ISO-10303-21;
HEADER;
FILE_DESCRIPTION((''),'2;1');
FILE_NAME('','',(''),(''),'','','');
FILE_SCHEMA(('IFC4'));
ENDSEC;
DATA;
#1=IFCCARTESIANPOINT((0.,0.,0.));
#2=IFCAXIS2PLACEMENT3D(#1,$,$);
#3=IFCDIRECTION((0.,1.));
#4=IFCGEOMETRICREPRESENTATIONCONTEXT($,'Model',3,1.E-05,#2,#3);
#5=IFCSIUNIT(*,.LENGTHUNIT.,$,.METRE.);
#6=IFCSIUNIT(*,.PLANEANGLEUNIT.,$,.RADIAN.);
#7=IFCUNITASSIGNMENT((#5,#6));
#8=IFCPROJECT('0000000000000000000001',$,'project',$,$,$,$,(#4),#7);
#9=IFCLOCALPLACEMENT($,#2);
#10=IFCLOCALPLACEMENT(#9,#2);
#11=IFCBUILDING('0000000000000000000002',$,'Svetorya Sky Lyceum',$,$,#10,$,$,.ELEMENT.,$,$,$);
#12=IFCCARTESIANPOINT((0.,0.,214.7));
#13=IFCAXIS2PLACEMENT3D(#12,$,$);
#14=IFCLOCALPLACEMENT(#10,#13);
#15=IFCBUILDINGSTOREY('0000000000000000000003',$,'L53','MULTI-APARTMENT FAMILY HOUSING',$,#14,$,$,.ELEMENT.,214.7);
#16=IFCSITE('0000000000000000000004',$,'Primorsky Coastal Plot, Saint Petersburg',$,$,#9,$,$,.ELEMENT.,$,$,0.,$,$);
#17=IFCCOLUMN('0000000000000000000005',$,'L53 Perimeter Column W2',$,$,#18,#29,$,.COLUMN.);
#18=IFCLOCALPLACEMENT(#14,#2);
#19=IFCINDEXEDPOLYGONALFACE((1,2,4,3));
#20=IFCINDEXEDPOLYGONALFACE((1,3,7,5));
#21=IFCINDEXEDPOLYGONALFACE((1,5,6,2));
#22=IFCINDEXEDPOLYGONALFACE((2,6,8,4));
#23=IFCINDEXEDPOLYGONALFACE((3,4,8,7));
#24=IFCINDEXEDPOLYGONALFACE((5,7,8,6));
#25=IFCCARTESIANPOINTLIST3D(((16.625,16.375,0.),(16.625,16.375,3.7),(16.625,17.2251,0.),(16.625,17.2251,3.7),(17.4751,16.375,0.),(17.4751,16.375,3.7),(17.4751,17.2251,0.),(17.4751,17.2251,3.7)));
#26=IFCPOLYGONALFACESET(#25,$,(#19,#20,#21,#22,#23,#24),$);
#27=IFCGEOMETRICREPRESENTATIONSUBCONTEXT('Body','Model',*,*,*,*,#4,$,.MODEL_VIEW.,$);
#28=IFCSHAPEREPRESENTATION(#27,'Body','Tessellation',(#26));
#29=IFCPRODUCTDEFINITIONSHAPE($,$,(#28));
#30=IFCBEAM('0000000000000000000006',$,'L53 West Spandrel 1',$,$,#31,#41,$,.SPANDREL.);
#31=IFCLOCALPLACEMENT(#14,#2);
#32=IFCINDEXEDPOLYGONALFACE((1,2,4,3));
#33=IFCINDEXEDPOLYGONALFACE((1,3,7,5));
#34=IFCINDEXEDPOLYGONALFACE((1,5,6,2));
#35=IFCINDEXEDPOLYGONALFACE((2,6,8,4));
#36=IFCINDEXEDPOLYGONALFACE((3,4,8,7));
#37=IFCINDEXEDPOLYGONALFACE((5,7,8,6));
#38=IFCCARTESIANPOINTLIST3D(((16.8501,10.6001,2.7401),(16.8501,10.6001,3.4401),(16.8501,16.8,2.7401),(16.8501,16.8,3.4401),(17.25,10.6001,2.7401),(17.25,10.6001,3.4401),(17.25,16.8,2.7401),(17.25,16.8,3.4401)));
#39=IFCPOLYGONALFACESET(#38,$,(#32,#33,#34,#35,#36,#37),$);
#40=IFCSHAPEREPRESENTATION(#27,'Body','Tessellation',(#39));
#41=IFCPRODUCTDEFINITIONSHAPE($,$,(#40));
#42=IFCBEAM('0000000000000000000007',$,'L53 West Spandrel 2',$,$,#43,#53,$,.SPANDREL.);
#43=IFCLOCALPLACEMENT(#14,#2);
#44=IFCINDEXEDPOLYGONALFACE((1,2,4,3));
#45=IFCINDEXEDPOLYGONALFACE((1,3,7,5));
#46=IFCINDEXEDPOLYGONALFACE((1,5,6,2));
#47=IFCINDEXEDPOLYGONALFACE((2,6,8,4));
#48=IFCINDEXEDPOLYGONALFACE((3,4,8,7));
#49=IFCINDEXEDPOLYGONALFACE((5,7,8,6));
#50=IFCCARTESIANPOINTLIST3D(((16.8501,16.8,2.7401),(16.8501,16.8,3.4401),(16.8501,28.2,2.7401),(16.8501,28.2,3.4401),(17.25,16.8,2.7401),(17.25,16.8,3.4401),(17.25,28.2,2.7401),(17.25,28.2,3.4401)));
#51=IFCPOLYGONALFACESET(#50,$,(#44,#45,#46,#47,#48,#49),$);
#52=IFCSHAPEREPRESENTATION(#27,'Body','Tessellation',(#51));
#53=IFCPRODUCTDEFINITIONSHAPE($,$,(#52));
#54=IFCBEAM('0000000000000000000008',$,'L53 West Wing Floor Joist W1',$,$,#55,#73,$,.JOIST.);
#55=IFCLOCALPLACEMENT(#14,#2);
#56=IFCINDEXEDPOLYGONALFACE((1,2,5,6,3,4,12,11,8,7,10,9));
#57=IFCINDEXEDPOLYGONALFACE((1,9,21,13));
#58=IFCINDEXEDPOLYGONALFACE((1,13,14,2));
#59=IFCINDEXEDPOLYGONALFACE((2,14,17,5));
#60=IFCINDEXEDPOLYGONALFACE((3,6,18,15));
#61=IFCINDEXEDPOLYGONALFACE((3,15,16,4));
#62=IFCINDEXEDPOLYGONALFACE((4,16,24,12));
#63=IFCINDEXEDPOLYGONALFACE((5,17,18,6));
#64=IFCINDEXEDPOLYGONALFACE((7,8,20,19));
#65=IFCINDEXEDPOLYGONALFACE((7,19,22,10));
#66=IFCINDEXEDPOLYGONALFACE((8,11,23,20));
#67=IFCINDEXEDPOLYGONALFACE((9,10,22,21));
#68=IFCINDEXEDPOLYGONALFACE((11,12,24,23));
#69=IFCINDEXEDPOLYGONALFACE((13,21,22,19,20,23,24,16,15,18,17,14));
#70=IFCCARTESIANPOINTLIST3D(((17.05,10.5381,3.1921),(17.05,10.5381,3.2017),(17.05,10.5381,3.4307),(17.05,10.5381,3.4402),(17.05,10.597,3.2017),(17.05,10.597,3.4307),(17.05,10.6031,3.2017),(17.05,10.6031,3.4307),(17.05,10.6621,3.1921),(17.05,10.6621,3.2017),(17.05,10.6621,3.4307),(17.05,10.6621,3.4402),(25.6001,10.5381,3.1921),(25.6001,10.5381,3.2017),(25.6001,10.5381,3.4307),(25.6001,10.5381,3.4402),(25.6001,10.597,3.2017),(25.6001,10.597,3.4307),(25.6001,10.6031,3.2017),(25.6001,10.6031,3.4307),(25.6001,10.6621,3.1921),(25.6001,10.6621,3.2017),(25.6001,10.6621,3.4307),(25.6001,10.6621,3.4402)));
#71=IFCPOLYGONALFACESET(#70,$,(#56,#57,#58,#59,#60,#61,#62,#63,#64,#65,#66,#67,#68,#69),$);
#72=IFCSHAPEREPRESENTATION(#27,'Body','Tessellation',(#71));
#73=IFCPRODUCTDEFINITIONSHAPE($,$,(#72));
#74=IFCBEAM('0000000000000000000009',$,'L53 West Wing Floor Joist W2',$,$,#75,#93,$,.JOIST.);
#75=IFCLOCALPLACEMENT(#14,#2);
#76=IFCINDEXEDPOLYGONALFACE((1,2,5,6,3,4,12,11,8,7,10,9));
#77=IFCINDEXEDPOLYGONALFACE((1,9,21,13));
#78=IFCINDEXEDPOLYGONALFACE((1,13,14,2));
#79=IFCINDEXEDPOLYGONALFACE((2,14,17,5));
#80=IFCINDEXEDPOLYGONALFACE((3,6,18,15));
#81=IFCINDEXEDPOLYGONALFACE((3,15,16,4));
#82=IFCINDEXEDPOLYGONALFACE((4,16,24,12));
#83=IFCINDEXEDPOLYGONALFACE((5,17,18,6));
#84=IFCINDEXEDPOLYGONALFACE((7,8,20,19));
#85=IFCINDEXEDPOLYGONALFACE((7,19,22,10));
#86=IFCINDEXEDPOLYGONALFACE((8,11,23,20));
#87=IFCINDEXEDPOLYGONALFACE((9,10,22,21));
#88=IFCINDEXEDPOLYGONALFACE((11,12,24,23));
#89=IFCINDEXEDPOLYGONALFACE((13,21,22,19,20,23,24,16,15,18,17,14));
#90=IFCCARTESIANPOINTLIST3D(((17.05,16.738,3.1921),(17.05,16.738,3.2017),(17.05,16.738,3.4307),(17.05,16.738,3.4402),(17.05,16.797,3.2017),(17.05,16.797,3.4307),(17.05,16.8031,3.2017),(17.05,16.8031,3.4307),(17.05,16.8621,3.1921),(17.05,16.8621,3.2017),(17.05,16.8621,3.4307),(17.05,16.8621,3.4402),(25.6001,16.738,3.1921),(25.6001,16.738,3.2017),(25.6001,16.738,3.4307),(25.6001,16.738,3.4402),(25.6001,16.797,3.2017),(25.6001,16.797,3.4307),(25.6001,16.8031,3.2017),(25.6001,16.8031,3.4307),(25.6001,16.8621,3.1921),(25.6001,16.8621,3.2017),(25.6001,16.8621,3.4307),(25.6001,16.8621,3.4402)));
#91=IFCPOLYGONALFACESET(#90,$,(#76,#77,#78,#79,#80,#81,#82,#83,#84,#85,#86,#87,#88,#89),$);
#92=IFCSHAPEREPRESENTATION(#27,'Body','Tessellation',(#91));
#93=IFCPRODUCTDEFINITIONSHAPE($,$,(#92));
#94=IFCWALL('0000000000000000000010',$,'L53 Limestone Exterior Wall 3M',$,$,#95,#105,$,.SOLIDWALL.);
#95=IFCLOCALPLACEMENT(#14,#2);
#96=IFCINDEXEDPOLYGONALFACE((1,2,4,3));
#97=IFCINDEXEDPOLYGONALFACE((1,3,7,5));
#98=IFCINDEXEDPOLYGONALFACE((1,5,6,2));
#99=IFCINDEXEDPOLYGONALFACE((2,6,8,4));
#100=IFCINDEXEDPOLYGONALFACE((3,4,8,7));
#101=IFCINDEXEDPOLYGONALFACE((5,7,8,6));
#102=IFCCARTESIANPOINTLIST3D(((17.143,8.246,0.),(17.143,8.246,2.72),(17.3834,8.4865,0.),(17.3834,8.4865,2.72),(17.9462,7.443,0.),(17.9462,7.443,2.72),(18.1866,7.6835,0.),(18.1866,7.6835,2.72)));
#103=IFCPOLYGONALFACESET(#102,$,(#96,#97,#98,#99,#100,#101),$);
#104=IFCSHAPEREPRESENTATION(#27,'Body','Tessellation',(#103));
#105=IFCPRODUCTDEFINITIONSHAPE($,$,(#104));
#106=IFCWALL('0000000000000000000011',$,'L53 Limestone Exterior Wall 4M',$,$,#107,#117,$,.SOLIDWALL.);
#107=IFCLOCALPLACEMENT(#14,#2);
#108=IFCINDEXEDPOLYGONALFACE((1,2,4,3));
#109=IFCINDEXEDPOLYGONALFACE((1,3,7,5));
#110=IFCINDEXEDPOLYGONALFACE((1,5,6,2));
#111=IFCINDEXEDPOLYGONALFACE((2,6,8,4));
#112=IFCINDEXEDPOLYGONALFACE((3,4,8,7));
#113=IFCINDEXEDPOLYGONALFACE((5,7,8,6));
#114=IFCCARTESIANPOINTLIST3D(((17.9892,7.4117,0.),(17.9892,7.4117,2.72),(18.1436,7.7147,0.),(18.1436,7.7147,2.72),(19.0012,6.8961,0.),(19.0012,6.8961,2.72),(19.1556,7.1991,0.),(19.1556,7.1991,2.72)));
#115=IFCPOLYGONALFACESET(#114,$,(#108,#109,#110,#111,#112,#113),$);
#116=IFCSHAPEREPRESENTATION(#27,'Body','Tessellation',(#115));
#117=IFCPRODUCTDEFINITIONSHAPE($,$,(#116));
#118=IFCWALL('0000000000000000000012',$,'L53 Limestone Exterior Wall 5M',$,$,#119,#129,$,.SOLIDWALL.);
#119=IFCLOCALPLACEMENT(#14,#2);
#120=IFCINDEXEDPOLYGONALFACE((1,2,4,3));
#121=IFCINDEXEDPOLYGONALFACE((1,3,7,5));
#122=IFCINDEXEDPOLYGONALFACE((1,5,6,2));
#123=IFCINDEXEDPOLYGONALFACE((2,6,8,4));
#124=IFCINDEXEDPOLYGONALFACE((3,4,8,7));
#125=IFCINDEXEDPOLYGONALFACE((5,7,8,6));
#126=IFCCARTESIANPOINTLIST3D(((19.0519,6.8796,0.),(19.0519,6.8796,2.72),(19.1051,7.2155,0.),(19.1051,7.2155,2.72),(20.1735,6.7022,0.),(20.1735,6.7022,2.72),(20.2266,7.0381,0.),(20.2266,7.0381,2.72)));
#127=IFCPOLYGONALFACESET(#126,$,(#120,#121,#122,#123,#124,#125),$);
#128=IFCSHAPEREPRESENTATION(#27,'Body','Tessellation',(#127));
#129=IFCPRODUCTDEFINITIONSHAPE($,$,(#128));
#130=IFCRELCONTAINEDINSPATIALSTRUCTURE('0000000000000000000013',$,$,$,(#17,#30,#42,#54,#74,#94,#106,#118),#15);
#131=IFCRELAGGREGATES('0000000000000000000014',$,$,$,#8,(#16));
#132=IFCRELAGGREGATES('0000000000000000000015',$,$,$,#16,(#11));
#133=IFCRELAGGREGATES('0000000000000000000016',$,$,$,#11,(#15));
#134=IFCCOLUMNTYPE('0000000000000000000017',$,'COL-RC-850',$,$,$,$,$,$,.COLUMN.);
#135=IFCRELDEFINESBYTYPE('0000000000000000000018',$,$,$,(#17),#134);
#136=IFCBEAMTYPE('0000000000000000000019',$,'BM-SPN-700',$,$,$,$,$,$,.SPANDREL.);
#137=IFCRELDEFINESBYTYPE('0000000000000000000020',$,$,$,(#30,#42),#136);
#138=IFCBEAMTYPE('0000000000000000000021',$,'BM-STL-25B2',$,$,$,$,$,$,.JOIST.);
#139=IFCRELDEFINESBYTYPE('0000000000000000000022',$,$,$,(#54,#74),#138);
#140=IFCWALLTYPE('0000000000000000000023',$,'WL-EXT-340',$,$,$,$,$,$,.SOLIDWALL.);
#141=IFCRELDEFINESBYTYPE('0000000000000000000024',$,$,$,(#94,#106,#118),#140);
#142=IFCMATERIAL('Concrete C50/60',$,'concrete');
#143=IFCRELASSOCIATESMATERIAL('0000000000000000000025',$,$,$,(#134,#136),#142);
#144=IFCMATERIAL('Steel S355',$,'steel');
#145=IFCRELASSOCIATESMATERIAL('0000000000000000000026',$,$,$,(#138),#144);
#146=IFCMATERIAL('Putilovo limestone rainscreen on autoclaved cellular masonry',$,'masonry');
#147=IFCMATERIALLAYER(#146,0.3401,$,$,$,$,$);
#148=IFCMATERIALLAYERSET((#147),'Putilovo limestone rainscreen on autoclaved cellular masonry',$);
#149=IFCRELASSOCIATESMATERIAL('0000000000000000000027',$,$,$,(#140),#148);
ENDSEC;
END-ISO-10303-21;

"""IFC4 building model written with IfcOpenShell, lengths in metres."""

from ifc_helpers import new_model, si_unit, direction, frame, frame_2d, origin, origin_2d, place, context, subcontext, project, spatial, rectangle, i_section, extrude, material, layer, layer_set, material_profile, profile_set, type_object, element, save


model = new_model("IFC4")

# Units and contexts
model_context = context("Model", 3, precision=1e-05, world=origin(), true_north=direction((0.0, 1.0)))
body_context = subcontext(model_context, "Body", "Model", "MODEL_VIEW")
ifc_project = project(units=[si_unit("LENGTHUNIT", "METRE"), si_unit("PLANEANGLEUNIT", "RADIAN")], contexts=[model_context])

# Site, building, storey
site_placement = place(None, origin())
site = spatial("IfcSite", under=ifc_project, at=site_placement, Name="Primorsky Coastal Plot, Saint Petersburg", CompositionType="ELEMENT", RefElevation=0.0)
building_placement = place(site_placement, origin())
building = spatial("IfcBuilding", under=site, at=building_placement, Name="Svetorya Sky Lyceum", CompositionType="ELEMENT")
storey_placement = place(building_placement, frame((0.0, 0.0, 214.7)))
storey = spatial("IfcBuildingStorey", under=building, at=storey_placement, Name="L53", Description="MULTI-APARTMENT FAMILY HOUSING", CompositionType="ELEMENT", Elevation=214.7)

# Column
ifc_material_1 = material(Name="Concrete C50/60", Category="concrete")
ifc_material_profile_1 = material_profile(ifc_material_1, rectangle(XDim=0.8501, YDim=0.8501, at=origin_2d()), Name="RC COL 850x850")
ifc_profile_set_1 = profile_set([ifc_material_profile_1], Name="Concrete C50/60")
column_type = type_object("IfcColumnType", Name="COL-RC-850", PredefinedType="COLUMN", material=ifc_profile_set_1)
column_placement = place(storey_placement, frame((17.05, 16.8, 0.0), z_axis=(0.0, 0.0, 1.0), x_axis=(1.0, 0.0, 0.0)))
element("IfcColumn", 1, at=column_placement, inside=storey, type_object=column_type, Name="L53 Perimeter Column W2", PredefinedType="COLUMN", context=body_context, shape_type="SweptSolid", body=[
    extrude(rectangle(XDim=0.8501, YDim=0.8501, at=origin_2d()), origin(), (0.0, 0.0, 1.0), 3.7),
])

# Beams
ifc_material_profile_2 = material_profile(ifc_material_1, rectangle(XDim=0.3999, YDim=0.7, at=origin_2d()), Name="RC SPANDREL 400x700")
ifc_profile_set_2 = profile_set([ifc_material_profile_2], Name="Concrete C50/60")
beam_type_1 = type_object("IfcBeamType", Name="BM-SPN-700", PredefinedType="SPANDREL", material=ifc_profile_set_2)
beam_1_placement = place(storey_placement, frame((17.05, 10.6001, 3.0901), z_axis=(0.0, 1.0, 0.0), x_axis=(-1.0, 0.0, 0.0)))
element("IfcBeam", 2, at=beam_1_placement, inside=storey, type_object=beam_type_1, Name="L53 West Spandrel 1", PredefinedType="SPANDREL", context=body_context, shape_type="SweptSolid", body=[
    extrude(rectangle(XDim=0.3999, YDim=0.7, at=origin_2d()), origin(), (0.0, 0.0, 1.0), 6.2),
])
beam_2_placement = place(storey_placement, frame((17.05, 16.8, 3.0901), z_axis=(0.0, 1.0, 0.0), x_axis=(-1.0, 0.0, 0.0)))
element("IfcBeam", 3, at=beam_2_placement, inside=storey, type_object=beam_type_1, Name="L53 West Spandrel 2", PredefinedType="SPANDREL", context=body_context, shape_type="SweptSolid", body=[
    extrude(rectangle(XDim=0.3999, YDim=0.7, at=origin_2d()), origin(), (0.0, 0.0, 1.0), 11.3999),
])
ifc_material_2 = material(Name="Steel S355", Category="steel")
ifc_material_profile_3 = material_profile(ifc_material_2, i_section(OverallWidth=0.124, OverallDepth=0.248, WebThickness=0.0061, FlangeThickness=0.0095, at=origin_2d()), Name="GOST 25B2")
ifc_profile_set_3 = profile_set([ifc_material_profile_3], Name="Steel S355")
beam_type_2 = type_object("IfcBeamType", Name="BM-STL-25B2", PredefinedType="JOIST", material=ifc_profile_set_3)
for number, where, z_axis, x_axis, name in (
    (4, (17.05, 10.6001, 3.3162), (1.0, 0.0, 0.0), (0.0, 1.0, 0.0), "L53 West Wing Floor Joist W1"),
    (5, (17.05, 16.8, 3.3162), (1.0, 0.0, 0.0), (0.0, 1.0, 0.0), "L53 West Wing Floor Joist W2"),
):
    element("IfcBeam", number, at=place(storey_placement, frame(where, z_axis=z_axis, x_axis=x_axis)), inside=storey, type_object=beam_type_2, Name=name, PredefinedType="JOIST", context=body_context, shape_type="SweptSolid", body=[
        extrude(i_section(OverallWidth=0.124, OverallDepth=0.248, WebThickness=0.0061, FlangeThickness=0.0095, at=origin_2d()), origin(), (0.0, 0.0, 1.0), 8.55),
    ])

# Walls
ifc_material_3 = material(Name="Putilovo limestone rainscreen on autoclaved cellular masonry", Category="masonry")
ifc_layer_1 = layer(ifc_material_3, 0.3401)
ifc_layer_set_1 = layer_set([ifc_layer_1], Name="Putilovo limestone rainscreen on autoclaved cellular masonry")
wall_type_1 = type_object("IfcWallType", Name="WL-EXT-340", PredefinedType="SOLIDWALL", material=ifc_layer_set_1)
for number, where, z_axis, x_axis, name in (
    (6, (17.2632, 8.3662, 0.0), (0.0, 0.0, 1.0), (0.707214, -0.706999, 0.0), "L53 Limestone Exterior Wall 3M"),
    (7, (18.0664, 7.5632, 0.0), (0.0, 0.0, 1.0), (0.891005, -0.453993, 0.0), "L53 Limestone Exterior Wall 4M"),
):
    element("IfcWall", number, at=place(storey_placement, frame(where, z_axis=z_axis, x_axis=x_axis)), inside=storey, type_object=wall_type_1, Name=name, PredefinedType="SOLIDWALL", context=body_context, shape_type="SweptSolid", body=[
        extrude(rectangle(XDim=1.1357, YDim=0.3401, at=frame_2d((0.5679, 0.0))), origin(), (0.0, 0.0, 1.0), 2.72),
    ])
wall_1_placement = place(storey_placement, frame((19.0784, 7.0476, 0.0), z_axis=(0.0, 0.0, 1.0), x_axis=(0.987709, -0.156305, 0.0)))
element("IfcWall", 8, at=wall_1_placement, inside=storey, type_object=wall_type_1, Name="L53 Limestone Exterior Wall 5M", PredefinedType="SOLIDWALL", context=body_context, shape_type="SweptSolid", body=[
    extrude(rectangle(XDim=1.1355, YDim=0.3401, at=frame_2d((0.5679, 0.0))), origin(), (0.0, 0.0, 1.0), 2.72),
])

save(model, "model.ifc")
